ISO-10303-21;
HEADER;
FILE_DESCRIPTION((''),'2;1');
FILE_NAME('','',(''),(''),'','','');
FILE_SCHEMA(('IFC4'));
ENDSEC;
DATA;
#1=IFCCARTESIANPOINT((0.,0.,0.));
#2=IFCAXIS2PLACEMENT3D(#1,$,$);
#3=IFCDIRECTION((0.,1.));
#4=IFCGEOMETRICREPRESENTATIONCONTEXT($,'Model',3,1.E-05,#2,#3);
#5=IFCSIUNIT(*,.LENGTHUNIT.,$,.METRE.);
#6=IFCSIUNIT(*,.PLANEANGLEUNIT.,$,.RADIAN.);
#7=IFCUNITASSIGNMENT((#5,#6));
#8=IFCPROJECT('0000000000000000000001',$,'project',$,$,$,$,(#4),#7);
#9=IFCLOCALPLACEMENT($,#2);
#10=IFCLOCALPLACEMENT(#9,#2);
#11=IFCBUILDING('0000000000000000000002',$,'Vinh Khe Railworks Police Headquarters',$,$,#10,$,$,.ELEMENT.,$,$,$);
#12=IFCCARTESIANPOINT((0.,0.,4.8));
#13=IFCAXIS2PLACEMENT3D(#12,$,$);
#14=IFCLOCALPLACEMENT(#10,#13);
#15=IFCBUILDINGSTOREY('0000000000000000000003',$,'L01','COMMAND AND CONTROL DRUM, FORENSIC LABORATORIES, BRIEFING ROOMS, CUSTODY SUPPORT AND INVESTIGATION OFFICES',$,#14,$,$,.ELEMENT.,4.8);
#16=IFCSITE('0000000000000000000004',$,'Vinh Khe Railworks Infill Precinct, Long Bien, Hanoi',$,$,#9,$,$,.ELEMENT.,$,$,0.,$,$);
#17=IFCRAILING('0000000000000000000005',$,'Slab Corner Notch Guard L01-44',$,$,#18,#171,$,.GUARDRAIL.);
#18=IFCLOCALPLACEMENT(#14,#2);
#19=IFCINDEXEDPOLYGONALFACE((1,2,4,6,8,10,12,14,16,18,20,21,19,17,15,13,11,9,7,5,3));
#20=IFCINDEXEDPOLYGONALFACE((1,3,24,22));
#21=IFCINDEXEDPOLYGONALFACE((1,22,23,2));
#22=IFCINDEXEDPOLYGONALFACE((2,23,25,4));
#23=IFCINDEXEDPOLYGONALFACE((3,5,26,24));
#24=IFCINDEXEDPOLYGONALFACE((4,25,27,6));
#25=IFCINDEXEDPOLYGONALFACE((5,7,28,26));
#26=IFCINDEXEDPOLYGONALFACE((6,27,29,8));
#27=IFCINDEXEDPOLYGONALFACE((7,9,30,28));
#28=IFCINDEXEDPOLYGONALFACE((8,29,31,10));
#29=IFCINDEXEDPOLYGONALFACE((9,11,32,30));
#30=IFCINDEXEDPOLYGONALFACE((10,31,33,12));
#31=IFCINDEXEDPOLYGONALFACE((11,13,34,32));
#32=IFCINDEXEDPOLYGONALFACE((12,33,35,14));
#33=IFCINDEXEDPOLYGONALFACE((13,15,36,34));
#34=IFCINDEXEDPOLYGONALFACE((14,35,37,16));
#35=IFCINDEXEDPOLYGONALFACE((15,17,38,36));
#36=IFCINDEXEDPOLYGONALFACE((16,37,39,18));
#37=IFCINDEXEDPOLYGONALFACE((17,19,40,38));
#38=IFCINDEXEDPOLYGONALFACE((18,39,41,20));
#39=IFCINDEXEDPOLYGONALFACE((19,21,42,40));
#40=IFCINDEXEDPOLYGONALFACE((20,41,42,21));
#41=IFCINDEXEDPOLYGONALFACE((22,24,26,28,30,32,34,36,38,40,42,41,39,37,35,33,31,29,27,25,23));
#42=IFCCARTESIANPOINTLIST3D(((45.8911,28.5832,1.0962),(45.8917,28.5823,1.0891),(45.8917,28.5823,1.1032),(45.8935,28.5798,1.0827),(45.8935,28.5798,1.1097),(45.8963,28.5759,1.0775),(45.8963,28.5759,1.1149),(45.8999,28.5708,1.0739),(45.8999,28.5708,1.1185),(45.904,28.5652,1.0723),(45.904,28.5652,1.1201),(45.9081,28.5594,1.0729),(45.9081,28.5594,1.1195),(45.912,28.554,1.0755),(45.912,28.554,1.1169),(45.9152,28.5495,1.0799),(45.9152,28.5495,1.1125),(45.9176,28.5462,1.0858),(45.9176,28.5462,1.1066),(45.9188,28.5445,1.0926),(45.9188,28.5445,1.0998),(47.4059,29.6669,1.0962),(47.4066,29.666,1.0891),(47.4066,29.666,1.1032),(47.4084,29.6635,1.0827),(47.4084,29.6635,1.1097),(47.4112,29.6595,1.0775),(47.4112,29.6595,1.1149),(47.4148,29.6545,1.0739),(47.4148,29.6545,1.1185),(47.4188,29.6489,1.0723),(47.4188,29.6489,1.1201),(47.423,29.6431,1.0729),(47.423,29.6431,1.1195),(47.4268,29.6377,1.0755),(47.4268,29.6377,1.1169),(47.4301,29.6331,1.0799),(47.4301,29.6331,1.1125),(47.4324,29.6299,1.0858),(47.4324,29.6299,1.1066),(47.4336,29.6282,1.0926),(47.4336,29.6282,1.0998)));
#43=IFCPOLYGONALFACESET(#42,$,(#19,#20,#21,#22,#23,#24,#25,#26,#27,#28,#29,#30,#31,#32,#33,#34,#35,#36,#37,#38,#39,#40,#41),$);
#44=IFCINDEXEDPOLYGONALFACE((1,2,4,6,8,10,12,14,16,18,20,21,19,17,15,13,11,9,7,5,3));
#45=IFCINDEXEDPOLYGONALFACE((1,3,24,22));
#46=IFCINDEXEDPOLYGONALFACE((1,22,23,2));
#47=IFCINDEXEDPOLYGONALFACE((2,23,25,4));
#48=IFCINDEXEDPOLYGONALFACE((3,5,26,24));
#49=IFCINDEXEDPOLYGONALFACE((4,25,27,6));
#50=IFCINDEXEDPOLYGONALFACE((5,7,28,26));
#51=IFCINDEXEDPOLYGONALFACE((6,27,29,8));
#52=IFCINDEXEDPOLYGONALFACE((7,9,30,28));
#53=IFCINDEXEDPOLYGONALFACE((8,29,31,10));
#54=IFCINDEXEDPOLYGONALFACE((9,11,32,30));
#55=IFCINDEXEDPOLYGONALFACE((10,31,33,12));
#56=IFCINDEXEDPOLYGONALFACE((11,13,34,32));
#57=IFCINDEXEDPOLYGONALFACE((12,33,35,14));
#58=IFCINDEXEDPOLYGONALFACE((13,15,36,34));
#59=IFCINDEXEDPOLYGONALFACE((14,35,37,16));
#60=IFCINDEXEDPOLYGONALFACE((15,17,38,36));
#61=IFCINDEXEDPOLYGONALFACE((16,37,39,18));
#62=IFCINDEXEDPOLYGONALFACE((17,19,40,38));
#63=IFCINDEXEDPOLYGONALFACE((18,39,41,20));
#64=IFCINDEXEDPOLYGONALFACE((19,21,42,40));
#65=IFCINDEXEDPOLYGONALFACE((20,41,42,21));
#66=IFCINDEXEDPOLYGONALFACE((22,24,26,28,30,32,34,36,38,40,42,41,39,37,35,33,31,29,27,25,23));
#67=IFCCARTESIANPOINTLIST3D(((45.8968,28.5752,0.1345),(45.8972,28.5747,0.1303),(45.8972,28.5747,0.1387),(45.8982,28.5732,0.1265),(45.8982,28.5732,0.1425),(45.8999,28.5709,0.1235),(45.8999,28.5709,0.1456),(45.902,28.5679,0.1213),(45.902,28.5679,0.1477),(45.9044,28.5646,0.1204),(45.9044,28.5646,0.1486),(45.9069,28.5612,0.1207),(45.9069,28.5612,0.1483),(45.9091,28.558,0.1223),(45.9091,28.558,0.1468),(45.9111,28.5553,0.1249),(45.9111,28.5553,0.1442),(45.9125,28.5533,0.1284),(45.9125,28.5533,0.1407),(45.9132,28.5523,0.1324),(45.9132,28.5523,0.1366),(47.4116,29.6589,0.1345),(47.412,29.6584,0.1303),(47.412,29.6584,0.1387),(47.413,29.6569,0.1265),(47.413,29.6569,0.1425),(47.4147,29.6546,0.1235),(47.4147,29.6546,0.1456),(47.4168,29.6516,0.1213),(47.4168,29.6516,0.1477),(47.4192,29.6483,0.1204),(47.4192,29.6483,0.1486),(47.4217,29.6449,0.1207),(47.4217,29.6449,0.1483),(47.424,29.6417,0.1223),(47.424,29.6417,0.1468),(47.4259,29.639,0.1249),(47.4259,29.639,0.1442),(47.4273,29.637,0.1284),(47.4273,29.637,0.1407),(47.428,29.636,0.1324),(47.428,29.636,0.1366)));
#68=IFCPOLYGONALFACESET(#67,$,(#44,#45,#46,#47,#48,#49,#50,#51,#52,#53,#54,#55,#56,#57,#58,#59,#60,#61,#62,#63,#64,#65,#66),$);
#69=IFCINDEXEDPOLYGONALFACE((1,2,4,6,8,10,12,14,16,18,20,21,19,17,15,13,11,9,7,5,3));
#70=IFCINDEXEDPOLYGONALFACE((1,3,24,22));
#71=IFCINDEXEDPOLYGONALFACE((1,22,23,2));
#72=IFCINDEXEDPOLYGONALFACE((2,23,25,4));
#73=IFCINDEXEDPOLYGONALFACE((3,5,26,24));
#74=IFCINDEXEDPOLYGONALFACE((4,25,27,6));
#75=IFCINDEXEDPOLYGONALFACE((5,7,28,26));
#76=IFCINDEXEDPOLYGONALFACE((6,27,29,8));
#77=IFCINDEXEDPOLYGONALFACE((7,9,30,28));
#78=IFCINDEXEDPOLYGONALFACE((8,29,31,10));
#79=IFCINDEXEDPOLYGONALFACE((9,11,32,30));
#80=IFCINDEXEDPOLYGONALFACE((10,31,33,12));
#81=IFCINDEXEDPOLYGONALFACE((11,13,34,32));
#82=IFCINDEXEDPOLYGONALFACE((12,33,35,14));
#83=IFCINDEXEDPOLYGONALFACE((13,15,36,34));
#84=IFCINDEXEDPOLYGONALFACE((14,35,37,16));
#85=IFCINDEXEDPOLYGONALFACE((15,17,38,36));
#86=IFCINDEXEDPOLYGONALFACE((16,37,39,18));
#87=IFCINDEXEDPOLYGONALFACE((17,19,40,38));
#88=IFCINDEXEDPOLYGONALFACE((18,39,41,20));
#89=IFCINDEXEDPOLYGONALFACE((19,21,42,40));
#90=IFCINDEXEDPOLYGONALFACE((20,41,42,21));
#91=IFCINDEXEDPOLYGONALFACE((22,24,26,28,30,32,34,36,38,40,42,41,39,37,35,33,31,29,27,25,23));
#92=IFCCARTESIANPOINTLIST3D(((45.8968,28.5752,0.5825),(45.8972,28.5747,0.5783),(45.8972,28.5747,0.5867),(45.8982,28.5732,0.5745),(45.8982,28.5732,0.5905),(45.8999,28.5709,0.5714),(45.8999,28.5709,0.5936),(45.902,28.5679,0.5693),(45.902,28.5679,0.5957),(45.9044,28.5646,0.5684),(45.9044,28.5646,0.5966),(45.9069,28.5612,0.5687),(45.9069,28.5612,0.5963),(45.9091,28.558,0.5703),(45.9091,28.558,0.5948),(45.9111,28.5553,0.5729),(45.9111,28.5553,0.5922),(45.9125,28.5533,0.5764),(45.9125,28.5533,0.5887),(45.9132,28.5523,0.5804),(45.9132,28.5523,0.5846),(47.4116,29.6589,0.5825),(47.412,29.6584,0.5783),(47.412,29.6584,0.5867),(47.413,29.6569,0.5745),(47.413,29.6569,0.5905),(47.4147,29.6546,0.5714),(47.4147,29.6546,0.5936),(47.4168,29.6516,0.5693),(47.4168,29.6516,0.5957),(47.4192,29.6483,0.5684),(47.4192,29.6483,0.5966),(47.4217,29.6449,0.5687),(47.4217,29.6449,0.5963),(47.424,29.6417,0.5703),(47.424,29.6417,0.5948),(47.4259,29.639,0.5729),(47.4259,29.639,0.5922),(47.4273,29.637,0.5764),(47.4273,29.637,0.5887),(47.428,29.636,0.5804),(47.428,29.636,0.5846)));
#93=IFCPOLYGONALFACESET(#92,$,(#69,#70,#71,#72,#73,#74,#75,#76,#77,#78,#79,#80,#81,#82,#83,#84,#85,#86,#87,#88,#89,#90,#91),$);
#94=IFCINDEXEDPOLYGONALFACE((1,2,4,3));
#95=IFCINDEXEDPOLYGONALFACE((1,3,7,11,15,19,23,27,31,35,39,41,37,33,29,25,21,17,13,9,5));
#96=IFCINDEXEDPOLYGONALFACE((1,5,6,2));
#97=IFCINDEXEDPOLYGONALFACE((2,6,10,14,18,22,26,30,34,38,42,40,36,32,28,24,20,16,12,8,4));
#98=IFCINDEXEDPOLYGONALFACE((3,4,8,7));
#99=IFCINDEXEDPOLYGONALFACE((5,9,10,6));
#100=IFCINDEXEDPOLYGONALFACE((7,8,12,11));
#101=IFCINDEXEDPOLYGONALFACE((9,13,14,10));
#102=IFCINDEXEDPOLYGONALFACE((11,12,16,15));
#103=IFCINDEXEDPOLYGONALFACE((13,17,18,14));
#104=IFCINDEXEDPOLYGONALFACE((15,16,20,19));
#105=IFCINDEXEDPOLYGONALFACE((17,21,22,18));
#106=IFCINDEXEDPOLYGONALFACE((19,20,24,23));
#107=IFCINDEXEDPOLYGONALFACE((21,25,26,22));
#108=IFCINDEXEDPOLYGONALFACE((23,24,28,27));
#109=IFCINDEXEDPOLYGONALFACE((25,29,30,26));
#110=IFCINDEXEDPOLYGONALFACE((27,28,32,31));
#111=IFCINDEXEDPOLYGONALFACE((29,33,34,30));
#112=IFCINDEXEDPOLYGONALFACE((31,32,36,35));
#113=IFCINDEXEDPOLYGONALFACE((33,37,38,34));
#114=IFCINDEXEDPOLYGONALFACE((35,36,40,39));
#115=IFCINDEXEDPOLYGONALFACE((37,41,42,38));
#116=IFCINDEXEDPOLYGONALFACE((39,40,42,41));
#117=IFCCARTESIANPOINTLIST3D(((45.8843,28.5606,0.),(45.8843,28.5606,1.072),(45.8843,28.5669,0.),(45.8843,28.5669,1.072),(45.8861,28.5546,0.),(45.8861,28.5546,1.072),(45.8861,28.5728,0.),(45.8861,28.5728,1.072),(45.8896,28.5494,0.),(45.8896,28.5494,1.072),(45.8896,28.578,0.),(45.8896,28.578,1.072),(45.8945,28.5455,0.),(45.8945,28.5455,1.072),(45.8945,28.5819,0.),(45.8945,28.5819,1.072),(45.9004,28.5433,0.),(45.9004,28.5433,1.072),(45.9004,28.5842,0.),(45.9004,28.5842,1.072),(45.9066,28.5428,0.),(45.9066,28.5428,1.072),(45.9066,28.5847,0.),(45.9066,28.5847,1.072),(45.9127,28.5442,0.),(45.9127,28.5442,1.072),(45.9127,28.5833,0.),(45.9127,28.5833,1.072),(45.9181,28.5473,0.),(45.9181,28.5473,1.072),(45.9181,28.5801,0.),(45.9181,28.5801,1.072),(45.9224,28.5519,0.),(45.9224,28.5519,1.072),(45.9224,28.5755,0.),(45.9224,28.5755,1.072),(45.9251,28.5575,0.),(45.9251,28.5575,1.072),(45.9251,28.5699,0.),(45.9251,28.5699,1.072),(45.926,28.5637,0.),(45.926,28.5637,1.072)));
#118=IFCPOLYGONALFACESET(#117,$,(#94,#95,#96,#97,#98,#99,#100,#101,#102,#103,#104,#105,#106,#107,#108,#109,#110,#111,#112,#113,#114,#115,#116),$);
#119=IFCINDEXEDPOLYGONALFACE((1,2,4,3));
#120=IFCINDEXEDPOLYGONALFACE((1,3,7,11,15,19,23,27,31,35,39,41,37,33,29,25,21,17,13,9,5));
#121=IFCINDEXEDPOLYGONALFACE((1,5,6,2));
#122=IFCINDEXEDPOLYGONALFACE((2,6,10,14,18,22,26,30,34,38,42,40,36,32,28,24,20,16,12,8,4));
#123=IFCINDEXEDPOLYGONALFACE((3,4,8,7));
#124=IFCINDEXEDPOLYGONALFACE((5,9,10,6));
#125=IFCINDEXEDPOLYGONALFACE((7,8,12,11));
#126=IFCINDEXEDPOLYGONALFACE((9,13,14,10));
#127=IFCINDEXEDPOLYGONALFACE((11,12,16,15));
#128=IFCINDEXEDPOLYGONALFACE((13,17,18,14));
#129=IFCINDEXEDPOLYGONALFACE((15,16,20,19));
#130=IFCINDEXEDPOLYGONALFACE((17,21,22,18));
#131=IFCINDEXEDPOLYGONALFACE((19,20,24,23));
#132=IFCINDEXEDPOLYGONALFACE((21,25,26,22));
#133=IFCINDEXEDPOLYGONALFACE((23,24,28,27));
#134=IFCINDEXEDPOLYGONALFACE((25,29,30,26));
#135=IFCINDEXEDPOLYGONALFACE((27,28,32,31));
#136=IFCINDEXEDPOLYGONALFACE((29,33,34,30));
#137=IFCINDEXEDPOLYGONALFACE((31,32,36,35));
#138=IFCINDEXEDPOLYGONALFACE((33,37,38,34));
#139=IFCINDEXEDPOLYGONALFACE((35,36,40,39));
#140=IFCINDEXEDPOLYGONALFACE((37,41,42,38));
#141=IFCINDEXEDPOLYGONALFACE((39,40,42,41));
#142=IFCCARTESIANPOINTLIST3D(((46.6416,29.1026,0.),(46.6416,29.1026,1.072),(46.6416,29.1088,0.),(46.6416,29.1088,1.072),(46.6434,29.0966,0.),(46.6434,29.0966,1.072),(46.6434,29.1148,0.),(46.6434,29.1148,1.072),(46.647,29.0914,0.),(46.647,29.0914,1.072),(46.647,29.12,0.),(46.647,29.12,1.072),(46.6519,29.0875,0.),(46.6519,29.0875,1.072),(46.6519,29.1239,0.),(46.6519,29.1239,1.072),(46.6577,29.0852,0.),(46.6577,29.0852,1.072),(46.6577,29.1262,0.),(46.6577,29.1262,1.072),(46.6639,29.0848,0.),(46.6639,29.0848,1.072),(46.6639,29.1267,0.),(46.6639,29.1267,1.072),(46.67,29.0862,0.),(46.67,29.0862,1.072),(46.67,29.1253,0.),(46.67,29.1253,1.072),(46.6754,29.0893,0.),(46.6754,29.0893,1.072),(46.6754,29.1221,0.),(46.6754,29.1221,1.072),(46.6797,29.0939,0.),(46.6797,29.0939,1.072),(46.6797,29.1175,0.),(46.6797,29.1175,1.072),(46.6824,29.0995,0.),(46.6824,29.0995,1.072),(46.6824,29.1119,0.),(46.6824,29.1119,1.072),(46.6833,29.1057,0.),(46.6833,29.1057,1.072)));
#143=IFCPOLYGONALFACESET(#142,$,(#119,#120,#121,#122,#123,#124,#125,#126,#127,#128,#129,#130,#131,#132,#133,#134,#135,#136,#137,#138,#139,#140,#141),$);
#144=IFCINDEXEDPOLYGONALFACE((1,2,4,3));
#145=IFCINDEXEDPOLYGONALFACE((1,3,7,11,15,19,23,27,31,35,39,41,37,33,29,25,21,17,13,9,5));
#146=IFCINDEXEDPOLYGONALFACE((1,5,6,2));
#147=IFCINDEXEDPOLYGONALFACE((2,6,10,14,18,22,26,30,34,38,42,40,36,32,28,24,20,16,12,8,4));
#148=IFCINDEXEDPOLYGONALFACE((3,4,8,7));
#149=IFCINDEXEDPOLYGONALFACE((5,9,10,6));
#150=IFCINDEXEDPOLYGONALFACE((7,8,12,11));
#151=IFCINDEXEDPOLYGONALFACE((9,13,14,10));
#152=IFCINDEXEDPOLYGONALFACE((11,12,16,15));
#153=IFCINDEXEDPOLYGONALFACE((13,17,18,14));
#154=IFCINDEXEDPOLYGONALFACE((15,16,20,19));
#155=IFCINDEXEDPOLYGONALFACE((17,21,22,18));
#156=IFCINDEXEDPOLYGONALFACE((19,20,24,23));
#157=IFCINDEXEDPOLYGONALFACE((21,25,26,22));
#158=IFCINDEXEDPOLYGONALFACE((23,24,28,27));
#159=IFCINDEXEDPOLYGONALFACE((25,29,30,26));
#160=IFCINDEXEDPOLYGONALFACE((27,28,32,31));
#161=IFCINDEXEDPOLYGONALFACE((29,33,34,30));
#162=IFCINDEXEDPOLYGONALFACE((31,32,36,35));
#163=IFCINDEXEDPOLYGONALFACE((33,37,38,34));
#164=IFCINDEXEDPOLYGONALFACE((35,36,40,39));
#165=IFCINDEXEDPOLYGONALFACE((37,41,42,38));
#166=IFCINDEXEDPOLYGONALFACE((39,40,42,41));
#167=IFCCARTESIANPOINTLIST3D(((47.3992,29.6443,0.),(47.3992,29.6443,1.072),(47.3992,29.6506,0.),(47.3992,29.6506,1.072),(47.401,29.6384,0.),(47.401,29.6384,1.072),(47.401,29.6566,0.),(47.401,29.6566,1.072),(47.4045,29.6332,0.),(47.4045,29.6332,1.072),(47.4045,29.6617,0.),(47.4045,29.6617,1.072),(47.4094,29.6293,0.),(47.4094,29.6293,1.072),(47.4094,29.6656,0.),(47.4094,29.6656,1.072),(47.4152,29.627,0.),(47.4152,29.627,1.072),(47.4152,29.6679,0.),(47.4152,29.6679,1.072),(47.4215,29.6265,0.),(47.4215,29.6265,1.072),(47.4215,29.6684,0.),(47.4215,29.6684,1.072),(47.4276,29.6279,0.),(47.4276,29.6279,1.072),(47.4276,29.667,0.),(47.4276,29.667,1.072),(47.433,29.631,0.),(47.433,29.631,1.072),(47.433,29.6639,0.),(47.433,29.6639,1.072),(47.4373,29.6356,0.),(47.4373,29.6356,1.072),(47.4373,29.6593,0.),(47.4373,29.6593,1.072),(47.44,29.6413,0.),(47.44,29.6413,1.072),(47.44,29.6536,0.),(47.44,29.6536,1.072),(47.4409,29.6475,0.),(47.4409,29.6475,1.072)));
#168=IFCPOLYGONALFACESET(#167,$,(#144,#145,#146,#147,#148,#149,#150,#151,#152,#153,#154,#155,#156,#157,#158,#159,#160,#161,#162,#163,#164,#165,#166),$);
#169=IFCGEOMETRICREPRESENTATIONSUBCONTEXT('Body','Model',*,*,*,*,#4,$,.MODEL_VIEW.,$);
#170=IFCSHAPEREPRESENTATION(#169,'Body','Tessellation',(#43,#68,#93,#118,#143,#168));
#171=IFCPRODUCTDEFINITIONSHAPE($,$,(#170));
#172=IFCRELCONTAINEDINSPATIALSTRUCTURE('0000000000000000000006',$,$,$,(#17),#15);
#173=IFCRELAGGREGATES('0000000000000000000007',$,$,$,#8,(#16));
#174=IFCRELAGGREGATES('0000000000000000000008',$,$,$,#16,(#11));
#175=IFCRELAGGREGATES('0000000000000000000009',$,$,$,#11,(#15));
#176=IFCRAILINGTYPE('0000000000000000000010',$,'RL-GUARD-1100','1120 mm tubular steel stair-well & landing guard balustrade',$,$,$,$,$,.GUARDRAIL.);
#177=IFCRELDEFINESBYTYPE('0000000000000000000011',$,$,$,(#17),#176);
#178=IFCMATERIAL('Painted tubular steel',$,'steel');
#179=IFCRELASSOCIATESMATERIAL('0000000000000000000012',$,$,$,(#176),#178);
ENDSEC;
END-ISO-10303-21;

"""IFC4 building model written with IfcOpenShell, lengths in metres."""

from ifc_helpers import new_model, si_unit, direction, frame, origin, origin_2d, place, context, subcontext, project, spatial, circle, extrude, material, type_object, element, save


model = new_model("IFC4")

# Units and contexts
model_context = context("Model", 3, precision=1e-05, world=origin(), true_north=direction((0.0, 1.0)))
body_context = subcontext(model_context, "Body", "Model", "MODEL_VIEW")
ifc_project = project(units=[si_unit("LENGTHUNIT", "METRE"), si_unit("PLANEANGLEUNIT", "RADIAN")], contexts=[model_context])

# Site, building, storey
site_placement = place(None, origin())
site = spatial("IfcSite", under=ifc_project, at=site_placement, Name="Vinh Khe Railworks Infill Precinct, Long Bien, Hanoi", CompositionType="ELEMENT", RefElevation=0.0)
building_placement = place(site_placement, origin())
building = spatial("IfcBuilding", under=site, at=building_placement, Name="Vinh Khe Railworks Police Headquarters", CompositionType="ELEMENT")
storey_placement = place(building_placement, frame((0.0, 0.0, 4.8)))
storey = spatial("IfcBuildingStorey", under=building, at=storey_placement, Name="L01", Description="COMMAND AND CONTROL DRUM, FORENSIC LABORATORIES, BRIEFING ROOMS, CUSTODY SUPPORT AND INVESTIGATION OFFICES", CompositionType="ELEMENT", Elevation=4.8)

# Railing
ifc_material_1 = material(Name="Painted tubular steel", Category="steel")
railing_type_1 = type_object("IfcRailingType", Name="RL-GUARD-1100", Description="1120 mm tubular steel stair-well & landing guard balustrade", PredefinedType="GUARDRAIL", material=ifc_material_1)
railing_1_placement = place(storey_placement, frame((45.905, 28.5637, 0.0)))
element("IfcRailing", 1, at=railing_1_placement, inside=storey, type_object=railing_type_1, Name="Slab Corner Notch Guard L01-44", PredefinedType="GUARDRAIL", context=body_context, shape_type="SweptSolid", body=[
    extrude(circle(Radius=0.0239, at=origin_2d()), frame((0.0, 0.0, 1.0962), z_axis=(0.813308, 0.581833, 0.0), x_axis=(-0.581833, 0.813308, 0.0)), (0.0, 0.0, 1.0), 1.8625),
    extrude(circle(Radius=0.0142, at=origin_2d()), frame((0.0, 0.0, 0.1345), z_axis=(0.813308, 0.581833, 0.0), x_axis=(-0.581833, 0.813308, 0.0)), (0.0, 0.0, 1.0), 1.8625),
    extrude(circle(Radius=0.0142, at=origin_2d()), frame((0.0, 0.0, 0.5825), z_axis=(0.813308, 0.581833, 0.0), x_axis=(-0.581833, 0.813308, 0.0)), (0.0, 0.0, 1.0), 1.8625),
    extrude(circle(Radius=0.021, at=origin_2d()), origin(), (0.0, 0.0, 1.0), 1.072),
    extrude(circle(Radius=0.021, at=origin_2d()), frame((0.7573, 0.542, 0.0)), (0.0, 0.0, 1.0), 1.072),
    extrude(circle(Radius=0.021, at=origin_2d()), frame((1.5149, 1.0837, 0.0)), (0.0, 0.0, 1.0), 1.072),
])

save(model, "model.ifc")
